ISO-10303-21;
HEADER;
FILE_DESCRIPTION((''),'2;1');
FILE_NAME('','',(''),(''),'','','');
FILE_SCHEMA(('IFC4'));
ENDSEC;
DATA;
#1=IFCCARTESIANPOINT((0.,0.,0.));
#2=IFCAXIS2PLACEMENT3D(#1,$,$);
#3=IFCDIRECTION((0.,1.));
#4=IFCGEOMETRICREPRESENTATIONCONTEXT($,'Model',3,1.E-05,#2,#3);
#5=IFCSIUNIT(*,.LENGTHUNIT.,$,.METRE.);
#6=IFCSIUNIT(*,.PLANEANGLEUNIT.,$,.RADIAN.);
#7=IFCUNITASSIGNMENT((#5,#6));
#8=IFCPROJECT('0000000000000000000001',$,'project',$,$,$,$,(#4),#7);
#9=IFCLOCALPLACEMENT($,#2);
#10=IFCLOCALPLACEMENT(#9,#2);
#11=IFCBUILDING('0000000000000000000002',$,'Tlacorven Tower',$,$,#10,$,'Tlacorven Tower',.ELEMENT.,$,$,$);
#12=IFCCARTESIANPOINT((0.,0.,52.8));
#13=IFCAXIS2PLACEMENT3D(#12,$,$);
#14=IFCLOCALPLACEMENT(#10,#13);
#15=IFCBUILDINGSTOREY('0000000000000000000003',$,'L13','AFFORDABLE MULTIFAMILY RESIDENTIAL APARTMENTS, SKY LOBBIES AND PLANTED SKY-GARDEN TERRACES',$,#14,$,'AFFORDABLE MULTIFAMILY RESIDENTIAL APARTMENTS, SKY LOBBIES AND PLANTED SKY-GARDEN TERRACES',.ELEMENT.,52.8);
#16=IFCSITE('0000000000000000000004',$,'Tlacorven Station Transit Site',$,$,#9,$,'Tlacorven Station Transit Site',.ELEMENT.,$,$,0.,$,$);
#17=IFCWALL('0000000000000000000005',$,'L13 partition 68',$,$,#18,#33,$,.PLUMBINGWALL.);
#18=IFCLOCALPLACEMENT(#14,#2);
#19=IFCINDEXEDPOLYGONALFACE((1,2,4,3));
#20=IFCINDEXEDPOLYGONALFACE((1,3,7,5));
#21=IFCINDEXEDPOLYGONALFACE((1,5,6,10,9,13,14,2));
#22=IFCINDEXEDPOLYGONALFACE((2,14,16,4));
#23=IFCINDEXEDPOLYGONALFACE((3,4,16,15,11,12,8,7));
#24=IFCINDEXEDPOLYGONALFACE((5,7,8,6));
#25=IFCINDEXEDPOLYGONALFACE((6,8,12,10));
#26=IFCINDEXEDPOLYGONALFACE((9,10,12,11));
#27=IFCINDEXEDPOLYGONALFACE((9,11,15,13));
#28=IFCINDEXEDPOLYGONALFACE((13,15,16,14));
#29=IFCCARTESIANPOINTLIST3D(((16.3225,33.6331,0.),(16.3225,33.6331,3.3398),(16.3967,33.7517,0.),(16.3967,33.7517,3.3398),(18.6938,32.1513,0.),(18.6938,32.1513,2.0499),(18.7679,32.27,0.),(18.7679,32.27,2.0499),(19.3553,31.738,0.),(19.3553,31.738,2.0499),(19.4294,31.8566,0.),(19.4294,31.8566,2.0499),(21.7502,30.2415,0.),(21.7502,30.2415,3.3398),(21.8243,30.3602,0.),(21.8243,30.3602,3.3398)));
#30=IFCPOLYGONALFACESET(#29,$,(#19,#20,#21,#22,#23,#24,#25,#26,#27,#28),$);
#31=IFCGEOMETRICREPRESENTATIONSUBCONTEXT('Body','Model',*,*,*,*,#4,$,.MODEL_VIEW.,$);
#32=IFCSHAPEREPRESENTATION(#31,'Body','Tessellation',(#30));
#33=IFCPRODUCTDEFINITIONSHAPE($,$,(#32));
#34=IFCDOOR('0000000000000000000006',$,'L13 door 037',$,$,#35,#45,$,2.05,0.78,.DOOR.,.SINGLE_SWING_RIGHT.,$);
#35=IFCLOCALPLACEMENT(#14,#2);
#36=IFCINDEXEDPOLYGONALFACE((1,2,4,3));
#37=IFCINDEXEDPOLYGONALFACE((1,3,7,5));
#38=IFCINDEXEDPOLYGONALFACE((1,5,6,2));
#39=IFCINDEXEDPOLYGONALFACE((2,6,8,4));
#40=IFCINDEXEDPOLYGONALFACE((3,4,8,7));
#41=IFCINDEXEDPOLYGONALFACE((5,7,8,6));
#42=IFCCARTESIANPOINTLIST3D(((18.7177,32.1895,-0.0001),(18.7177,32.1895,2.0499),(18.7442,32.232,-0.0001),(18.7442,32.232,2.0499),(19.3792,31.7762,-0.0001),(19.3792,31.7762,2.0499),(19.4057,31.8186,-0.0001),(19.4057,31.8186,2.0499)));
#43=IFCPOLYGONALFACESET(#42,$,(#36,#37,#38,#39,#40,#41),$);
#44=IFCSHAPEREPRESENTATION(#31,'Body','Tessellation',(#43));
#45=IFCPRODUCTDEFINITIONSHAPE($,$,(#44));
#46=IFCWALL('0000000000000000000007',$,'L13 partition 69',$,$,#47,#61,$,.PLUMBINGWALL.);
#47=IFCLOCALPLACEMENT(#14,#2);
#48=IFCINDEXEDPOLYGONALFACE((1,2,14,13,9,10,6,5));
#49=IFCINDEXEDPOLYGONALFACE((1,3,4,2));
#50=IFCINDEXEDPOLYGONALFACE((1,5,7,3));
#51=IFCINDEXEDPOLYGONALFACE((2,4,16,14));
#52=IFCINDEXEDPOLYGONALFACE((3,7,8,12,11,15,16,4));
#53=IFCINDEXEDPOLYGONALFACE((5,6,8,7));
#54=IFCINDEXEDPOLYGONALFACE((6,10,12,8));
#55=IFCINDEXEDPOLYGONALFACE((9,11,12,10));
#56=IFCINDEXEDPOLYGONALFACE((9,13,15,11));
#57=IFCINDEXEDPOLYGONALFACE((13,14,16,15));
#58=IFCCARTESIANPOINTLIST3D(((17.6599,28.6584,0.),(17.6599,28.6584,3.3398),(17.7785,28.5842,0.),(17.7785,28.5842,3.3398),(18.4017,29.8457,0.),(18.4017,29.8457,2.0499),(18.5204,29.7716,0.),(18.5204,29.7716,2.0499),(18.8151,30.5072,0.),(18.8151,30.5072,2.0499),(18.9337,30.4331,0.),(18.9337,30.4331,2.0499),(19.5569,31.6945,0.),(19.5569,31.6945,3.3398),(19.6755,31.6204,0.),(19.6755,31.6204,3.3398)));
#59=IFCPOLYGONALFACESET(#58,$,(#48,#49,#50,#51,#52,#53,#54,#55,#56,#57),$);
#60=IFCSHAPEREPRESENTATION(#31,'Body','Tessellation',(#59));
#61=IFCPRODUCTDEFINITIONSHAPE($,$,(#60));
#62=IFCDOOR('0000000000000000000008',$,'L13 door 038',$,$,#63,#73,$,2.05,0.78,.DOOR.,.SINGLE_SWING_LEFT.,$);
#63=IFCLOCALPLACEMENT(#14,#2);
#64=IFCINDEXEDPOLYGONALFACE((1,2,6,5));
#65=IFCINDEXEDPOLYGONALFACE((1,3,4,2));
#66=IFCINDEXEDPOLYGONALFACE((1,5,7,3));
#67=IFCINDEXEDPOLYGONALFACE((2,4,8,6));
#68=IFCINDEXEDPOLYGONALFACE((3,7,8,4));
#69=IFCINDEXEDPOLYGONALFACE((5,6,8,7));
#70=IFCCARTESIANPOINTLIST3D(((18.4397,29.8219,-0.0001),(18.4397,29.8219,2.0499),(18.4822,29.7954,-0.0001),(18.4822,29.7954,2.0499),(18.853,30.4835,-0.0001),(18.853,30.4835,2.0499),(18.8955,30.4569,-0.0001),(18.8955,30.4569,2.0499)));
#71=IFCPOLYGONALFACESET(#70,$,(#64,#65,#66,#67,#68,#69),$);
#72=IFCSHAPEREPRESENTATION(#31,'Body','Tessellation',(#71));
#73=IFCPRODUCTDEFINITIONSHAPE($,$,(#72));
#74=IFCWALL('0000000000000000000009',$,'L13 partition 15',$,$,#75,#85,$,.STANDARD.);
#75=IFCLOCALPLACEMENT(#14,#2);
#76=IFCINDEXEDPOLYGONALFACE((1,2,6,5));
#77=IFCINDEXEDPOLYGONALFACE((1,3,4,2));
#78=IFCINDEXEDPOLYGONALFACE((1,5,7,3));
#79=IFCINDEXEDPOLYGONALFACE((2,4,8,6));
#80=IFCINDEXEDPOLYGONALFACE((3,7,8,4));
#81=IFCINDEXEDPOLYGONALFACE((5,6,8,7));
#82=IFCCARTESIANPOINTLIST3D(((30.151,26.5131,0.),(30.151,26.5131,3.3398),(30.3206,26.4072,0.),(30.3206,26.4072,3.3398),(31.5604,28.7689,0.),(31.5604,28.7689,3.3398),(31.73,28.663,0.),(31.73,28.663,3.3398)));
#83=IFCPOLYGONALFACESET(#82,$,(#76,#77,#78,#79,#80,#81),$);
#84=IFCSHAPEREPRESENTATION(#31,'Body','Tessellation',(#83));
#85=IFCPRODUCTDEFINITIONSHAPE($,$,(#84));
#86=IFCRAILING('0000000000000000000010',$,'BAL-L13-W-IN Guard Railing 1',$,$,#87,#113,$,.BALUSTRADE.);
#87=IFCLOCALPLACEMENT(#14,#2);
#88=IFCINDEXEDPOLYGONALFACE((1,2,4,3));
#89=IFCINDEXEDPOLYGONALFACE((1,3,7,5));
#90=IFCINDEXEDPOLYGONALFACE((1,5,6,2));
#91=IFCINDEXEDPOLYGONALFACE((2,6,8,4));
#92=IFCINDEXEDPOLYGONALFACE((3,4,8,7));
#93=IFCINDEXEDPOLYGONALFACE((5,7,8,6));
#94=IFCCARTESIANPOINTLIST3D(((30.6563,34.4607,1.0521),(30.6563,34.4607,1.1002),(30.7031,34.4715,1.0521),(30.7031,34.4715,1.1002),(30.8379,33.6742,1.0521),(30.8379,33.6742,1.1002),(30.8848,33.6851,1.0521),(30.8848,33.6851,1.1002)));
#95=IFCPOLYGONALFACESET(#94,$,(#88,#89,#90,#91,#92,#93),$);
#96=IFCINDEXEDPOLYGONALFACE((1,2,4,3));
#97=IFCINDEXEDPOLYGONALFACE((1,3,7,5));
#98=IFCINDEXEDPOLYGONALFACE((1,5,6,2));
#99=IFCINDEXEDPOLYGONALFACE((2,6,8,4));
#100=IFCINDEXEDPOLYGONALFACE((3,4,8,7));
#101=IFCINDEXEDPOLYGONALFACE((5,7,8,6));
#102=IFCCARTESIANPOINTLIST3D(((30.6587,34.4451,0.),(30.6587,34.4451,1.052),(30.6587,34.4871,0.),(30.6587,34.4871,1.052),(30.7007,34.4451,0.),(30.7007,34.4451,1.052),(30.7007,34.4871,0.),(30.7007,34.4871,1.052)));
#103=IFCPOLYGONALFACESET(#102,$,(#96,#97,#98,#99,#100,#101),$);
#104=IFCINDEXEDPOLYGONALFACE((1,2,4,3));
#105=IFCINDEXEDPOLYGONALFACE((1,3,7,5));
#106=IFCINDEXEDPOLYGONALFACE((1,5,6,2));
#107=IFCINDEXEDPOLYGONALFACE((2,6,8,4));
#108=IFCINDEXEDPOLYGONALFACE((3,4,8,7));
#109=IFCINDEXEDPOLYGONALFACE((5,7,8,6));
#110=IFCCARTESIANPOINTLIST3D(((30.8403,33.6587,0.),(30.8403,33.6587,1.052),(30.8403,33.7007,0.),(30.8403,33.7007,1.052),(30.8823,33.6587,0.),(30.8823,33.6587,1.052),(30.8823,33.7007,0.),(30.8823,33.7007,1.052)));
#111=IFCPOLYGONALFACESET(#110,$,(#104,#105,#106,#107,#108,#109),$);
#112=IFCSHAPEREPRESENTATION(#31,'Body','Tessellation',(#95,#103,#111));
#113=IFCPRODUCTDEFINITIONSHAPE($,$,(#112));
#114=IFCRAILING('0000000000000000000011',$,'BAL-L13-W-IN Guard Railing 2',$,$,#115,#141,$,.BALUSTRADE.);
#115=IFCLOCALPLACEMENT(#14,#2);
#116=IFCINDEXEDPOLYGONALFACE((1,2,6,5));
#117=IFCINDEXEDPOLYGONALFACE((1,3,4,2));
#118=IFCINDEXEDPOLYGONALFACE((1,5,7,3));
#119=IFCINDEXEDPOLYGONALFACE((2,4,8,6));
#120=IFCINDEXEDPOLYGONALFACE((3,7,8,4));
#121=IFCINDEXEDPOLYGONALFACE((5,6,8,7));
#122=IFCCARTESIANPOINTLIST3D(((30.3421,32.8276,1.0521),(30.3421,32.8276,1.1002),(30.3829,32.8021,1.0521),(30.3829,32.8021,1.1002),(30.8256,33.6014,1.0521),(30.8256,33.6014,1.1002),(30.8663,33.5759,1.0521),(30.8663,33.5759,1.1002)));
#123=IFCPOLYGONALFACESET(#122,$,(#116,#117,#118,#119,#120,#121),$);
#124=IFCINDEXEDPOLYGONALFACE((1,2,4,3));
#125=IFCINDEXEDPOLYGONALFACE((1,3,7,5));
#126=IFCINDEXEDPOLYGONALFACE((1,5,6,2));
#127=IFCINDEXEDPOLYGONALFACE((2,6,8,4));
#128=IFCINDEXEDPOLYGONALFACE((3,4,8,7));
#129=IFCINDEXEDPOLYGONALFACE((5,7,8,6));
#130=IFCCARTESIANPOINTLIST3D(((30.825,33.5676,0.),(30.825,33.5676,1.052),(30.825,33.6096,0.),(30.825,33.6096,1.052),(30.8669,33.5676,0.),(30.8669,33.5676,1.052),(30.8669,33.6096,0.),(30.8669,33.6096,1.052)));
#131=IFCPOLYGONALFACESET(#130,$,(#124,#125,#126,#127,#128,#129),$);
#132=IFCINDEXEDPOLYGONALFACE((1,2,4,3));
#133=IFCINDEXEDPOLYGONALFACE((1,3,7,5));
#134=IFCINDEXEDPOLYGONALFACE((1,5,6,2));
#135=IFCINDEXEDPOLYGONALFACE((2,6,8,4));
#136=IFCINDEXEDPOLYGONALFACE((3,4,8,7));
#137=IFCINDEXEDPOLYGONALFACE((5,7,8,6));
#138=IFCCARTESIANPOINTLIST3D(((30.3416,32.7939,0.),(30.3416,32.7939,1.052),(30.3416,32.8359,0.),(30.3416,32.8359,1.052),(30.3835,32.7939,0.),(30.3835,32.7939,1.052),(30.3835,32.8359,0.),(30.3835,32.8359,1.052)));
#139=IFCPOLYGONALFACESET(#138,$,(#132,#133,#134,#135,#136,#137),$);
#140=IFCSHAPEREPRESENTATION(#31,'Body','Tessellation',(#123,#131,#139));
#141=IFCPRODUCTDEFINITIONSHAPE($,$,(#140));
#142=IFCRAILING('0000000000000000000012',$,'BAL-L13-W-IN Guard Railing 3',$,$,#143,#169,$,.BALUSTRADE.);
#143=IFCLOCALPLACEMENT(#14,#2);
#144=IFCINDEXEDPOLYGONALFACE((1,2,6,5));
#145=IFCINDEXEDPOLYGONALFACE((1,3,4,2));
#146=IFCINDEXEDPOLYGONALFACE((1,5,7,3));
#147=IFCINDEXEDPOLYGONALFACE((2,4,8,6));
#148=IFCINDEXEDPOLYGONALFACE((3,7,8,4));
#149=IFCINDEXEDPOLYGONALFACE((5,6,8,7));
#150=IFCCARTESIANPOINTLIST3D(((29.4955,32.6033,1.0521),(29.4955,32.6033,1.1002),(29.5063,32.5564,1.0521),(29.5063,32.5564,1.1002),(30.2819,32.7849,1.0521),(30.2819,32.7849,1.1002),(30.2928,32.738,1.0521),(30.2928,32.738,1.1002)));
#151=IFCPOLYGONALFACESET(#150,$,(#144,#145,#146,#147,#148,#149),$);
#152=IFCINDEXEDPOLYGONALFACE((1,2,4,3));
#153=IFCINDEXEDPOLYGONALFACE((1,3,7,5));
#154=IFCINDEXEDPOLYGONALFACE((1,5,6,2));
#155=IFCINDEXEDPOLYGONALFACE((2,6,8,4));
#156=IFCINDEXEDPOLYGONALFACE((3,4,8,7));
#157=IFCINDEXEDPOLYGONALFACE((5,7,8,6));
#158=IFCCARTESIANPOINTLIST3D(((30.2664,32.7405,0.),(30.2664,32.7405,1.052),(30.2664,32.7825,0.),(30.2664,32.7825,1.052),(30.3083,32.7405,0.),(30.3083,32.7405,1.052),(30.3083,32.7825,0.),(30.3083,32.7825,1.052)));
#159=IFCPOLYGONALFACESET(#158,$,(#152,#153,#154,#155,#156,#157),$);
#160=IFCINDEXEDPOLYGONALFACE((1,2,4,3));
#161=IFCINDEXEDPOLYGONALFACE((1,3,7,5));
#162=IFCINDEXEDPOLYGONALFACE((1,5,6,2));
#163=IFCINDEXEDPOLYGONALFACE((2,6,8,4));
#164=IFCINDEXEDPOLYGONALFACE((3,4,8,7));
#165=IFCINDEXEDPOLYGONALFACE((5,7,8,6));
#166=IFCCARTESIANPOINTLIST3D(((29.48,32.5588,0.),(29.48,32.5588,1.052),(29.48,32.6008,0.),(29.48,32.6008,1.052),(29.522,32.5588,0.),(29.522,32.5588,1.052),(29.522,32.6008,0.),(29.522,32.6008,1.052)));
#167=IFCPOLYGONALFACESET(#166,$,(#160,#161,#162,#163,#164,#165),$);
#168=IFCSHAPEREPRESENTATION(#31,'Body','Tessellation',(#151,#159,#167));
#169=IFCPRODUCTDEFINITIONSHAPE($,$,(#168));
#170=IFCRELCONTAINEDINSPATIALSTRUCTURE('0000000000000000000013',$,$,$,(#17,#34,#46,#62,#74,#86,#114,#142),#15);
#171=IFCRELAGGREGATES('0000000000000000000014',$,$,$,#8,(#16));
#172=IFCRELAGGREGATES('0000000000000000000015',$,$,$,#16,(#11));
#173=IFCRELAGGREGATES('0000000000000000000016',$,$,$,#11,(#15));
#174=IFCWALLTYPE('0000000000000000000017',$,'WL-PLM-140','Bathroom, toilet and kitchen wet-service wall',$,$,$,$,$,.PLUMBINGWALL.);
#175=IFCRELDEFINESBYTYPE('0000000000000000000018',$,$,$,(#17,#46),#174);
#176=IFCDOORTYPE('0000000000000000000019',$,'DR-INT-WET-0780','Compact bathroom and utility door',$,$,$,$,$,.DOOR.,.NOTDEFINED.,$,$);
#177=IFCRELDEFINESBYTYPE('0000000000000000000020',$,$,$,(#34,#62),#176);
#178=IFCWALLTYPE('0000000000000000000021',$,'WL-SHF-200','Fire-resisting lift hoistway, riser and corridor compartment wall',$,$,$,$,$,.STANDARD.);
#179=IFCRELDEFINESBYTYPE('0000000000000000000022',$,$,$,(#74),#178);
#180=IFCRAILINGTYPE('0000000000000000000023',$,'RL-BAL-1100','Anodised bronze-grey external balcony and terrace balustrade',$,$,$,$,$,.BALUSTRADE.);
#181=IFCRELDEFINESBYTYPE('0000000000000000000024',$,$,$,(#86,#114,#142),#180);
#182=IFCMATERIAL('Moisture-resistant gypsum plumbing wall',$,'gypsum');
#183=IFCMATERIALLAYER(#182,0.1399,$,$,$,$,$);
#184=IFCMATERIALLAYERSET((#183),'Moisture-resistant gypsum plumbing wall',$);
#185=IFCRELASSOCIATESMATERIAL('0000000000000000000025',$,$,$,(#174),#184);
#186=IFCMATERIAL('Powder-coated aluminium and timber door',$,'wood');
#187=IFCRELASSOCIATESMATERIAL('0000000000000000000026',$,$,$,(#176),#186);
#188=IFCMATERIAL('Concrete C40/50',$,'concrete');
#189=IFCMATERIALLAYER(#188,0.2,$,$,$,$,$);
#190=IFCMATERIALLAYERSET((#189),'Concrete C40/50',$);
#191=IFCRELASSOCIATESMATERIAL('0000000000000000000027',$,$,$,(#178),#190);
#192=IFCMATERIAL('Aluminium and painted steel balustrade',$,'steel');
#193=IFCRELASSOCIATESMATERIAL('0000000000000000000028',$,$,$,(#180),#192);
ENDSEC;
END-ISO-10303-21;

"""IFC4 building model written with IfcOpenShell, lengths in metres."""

from ifc_helpers import new_model, si_unit, direction, frame, frame_2d, origin, origin_2d, place, context, subcontext, project, spatial, rectangle, extrude, source, transform, mapped, material, layer, layer_set, type_object, element, fill, save


model = new_model("IFC4")

# Units and contexts
model_context = context("Model", 3, precision=1e-05, world=origin(), true_north=direction((0.0, 1.0)))
body_context = subcontext(model_context, "Body", "Model", "MODEL_VIEW")
ifc_project = project(units=[si_unit("LENGTHUNIT", "METRE"), si_unit("PLANEANGLEUNIT", "RADIAN")], contexts=[model_context])

# Site, building, storey
site_placement = place(None, origin())
site = spatial("IfcSite", under=ifc_project, at=site_placement, Name="Tlacorven Station Transit Site", LongName="Tlacorven Station Transit Site", CompositionType="ELEMENT", RefElevation=0.0)
building_placement = place(site_placement, origin())
building = spatial("IfcBuilding", under=site, at=building_placement, Name="Tlacorven Tower", LongName="Tlacorven Tower", CompositionType="ELEMENT")
storey_placement = place(building_placement, frame((0.0, 0.0, 52.8)))
storey = spatial("IfcBuildingStorey", under=building, at=storey_placement, Name="L13", Description="AFFORDABLE MULTIFAMILY RESIDENTIAL APARTMENTS, SKY LOBBIES AND PLANTED SKY-GARDEN TERRACES", LongName="AFFORDABLE MULTIFAMILY RESIDENTIAL APARTMENTS, SKY LOBBIES AND PLANTED SKY-GARDEN TERRACES", CompositionType="ELEMENT", Elevation=52.8)

# Walls, openings, doors
ifc_material_1 = material(Name="Powder-coated aluminium and timber door", Category="wood")
ifc_material_2 = material(Name="Moisture-resistant gypsum plumbing wall", Category="gypsum")
ifc_layer_1 = layer(ifc_material_2, 0.1399)
ifc_layer_set_1 = layer_set([ifc_layer_1], Name="Moisture-resistant gypsum plumbing wall")
wall_type_1 = type_object("IfcWallType", Name="WL-PLM-140", Description="Bathroom, toilet and kitchen wet-service wall", PredefinedType="PLUMBINGWALL", material=ifc_layer_set_1)
wall_1_placement = place(storey_placement, frame((21.7874, 30.3008, 0.0), z_axis=(0.0, 0.0, 1.0), x_axis=(-0.84805, 0.529917, 0.0)))
wall_1 = element("IfcWall", 1, at=wall_1_placement, inside=storey, type_object=wall_type_1, Name="L13 partition 68", PredefinedType="PLUMBINGWALL", context=body_context, shape_type="SweptSolid", body=[
    extrude(rectangle(XDim=6.4001, YDim=0.1399, at=frame_2d((3.2002, 0.0))), origin(), (0.0, 0.0, 1.0), 3.3398),
])
opening_1_placement = place(wall_1_placement, frame((2.824, 0.0, 0.0)))
opening_1 = element("IfcOpeningElement", 2, at=opening_1_placement, cuts=wall_1, PredefinedType="OPENING", context=body_context, shape_type="SweptSolid", body=[
    extrude(rectangle(XDim=0.78, YDim=2.05, at=frame_2d((0.3901, 1.0249))), frame((0.0, 0.0801, 0.0), z_axis=(0.0, -1.0, 0.0), x_axis=(1.0, 0.0, 0.0)), (0.0, 0.0, 1.0), 0.1599),
])
door_type_1 = type_object("IfcDoorType", Name="DR-INT-WET-0780", Description="Compact bathroom and utility door", OperationType="NOTDEFINED", PredefinedType="DOOR", material=ifc_material_1)
shared_shape_1 = source(origin(), body_context, "Body", "SweptSolid", [
    extrude(rectangle(XDim=0.78, YDim=2.05, at=frame_2d((0.3901, 1.0249))), frame((0.0, 0.0249, 0.0), z_axis=(0.0, -1.0, 0.0), x_axis=(1.0, 0.0, 0.0)), (0.0, 0.0, 1.0), 0.05),
])
door_1_placement = place(opening_1_placement, origin())
door_1 = element("IfcDoor", 3, at=door_1_placement, inside=storey, type_object=door_type_1, Name="L13 door 037", OperationType="SINGLE_SWING_RIGHT", OverallHeight=2.05, OverallWidth=0.78, PredefinedType="DOOR", context=body_context, shape_type="MappedRepresentation", body=[
    mapped(shared_shape_1, transform((0.0, 0.0, 0.0), scale=1.0)),
])
fill(opening_1, door_1)
wall_2_placement = place(storey_placement, frame((19.6162, 31.6575, 0.0), z_axis=(0.0, 0.0, 1.0), x_axis=(-0.529876, -0.848075, 0.0)))
wall_2 = element("IfcWall", 4, at=wall_2_placement, inside=storey, type_object=wall_type_1, Name="L13 partition 69", PredefinedType="PLUMBINGWALL", context=body_context, shape_type="SweptSolid", body=[
    extrude(rectangle(XDim=3.5801, YDim=0.1399, at=frame_2d((1.79, 0.0))), origin(), (0.0, 0.0, 1.0), 3.3398),
])
opening_2_placement = place(wall_2_placement, frame((1.3999, 0.0, 0.0)))
opening_2 = element("IfcOpeningElement", 5, at=opening_2_placement, cuts=wall_2, PredefinedType="OPENING", context=body_context, shape_type="SweptSolid", body=[
    extrude(rectangle(XDim=0.78, YDim=2.05, at=frame_2d((0.3901, 1.0249))), frame((0.0, 0.0801, 0.0), z_axis=(0.0, -1.0, 0.0), x_axis=(1.0, 0.0, 0.0)), (0.0, 0.0, 1.0), 0.1599),
])
door_2_placement = place(opening_2_placement, origin())
door_2 = element("IfcDoor", 6, at=door_2_placement, inside=storey, type_object=door_type_1, Name="L13 door 038", OperationType="SINGLE_SWING_LEFT", OverallHeight=2.05, OverallWidth=0.78, PredefinedType="DOOR", context=body_context, shape_type="MappedRepresentation", body=[
    mapped(shared_shape_1, transform((0.0, 0.0, 0.0), scale=1.0)),
])
fill(opening_2, door_2)

# Wall
ifc_material_3 = material(Name="Concrete C40/50", Category="concrete")
ifc_layer_2 = layer(ifc_material_3, 0.2)
ifc_layer_set_2 = layer_set([ifc_layer_2], Name="Concrete C40/50")
wall_type_2 = type_object("IfcWallType", Name="WL-SHF-200", Description="Fire-resisting lift hoistway, riser and corridor compartment wall", PredefinedType="STANDARD", material=ifc_layer_set_2)
wall_3_placement = place(storey_placement, frame((31.6453, 28.7161, 0.0), z_axis=(0.0, 0.0, 1.0), x_axis=(-0.529867, -0.848081, 0.0)))
element("IfcWall", 7, at=wall_3_placement, inside=storey, type_object=wall_type_2, Name="L13 partition 15", PredefinedType="STANDARD", context=body_context, shape_type="SweptSolid", body=[
    extrude(rectangle(XDim=2.6599, YDim=0.2, at=frame_2d((1.3301, 0.0))), origin(), (0.0, 0.0, 1.0), 3.3398),
])

# Railings
ifc_material_4 = material(Name="Aluminium and painted steel balustrade", Category="steel")
railing_type = type_object("IfcRailingType", Name="RL-BAL-1100", Description="Anodised bronze-grey external balcony and terrace balustrade", PredefinedType="BALUSTRADE", material=ifc_material_4)
shared_shape_2 = source(origin(), body_context, "Body", "SweptSolid", [
    extrude(rectangle(XDim=0.0481, YDim=0.0481, at=origin_2d()), frame((0.0, 0.0, 1.0762), z_axis=(0.225058, -0.974345, 0.0), x_axis=(0.974345, 0.225058, 0.0)), (0.0, 0.0, 1.0), 0.8071),
    extrude(rectangle(XDim=0.042, YDim=0.042, at=origin_2d()), origin(), (0.0, 0.0, 1.0), 1.052),
    extrude(rectangle(XDim=0.042, YDim=0.042, at=origin_2d()), frame((0.1816, -0.7864, 0.0)), (0.0, 0.0, 1.0), 1.052),
])
railing_1_placement = place(storey_placement, frame((30.6797, 34.4661, 0.0)))
element("IfcRailing", 8, at=railing_1_placement, inside=storey, type_object=railing_type, Name="BAL-L13-W-IN Guard Railing 1", PredefinedType="BALUSTRADE", context=body_context, shape_type="MappedRepresentation", body=[
    mapped(shared_shape_2, transform((0.0, 0.0, 0.0), scale=1.0)),
])
shared_shape_3 = source(origin(), body_context, "Body", "SweptSolid", [
    extrude(rectangle(XDim=0.0481, YDim=0.0481, at=origin_2d()), frame((0.0, 0.0, 1.0762), z_axis=(-0.529879, -0.848073, 0.0), x_axis=(0.848073, -0.529879, 0.0)), (0.0, 0.0, 1.0), 0.9124),
    extrude(rectangle(XDim=0.042, YDim=0.042, at=origin_2d()), origin(), (0.0, 0.0, 1.0), 1.052),
    extrude(rectangle(XDim=0.042, YDim=0.042, at=origin_2d()), frame((-0.4834, -0.7737, 0.0)), (0.0, 0.0, 1.0), 1.052),
])
railing_2_placement = place(storey_placement, frame((30.8459, 33.5886, 0.0)))
element("IfcRailing", 9, at=railing_2_placement, inside=storey, type_object=railing_type, Name="BAL-L13-W-IN Guard Railing 2", PredefinedType="BALUSTRADE", context=body_context, shape_type="MappedRepresentation", body=[
    mapped(shared_shape_3, transform((0.0, 0.0, 0.0), scale=1.0)),
])
shared_shape_4 = source(origin(), body_context, "Body", "SweptSolid", [
    extrude(rectangle(XDim=0.0481, YDim=0.0481, at=origin_2d()), frame((0.0, 0.0, 1.0762), z_axis=(-0.974345, -0.225058, 0.0), x_axis=(0.225058, -0.974345, 0.0)), (0.0, 0.0, 1.0), 0.8071),
    extrude(rectangle(XDim=0.042, YDim=0.042, at=origin_2d()), origin(), (0.0, 0.0, 1.0), 1.052),
    extrude(rectangle(XDim=0.042, YDim=0.042, at=origin_2d()), frame((-0.7864, -0.1816, 0.0)), (0.0, 0.0, 1.0), 1.052),
])
railing_3_placement = place(storey_placement, frame((30.2874, 32.7615, 0.0)))
element("IfcRailing", 10, at=railing_3_placement, inside=storey, type_object=railing_type, Name="BAL-L13-W-IN Guard Railing 3", PredefinedType="BALUSTRADE", context=body_context, shape_type="MappedRepresentation", body=[
    mapped(shared_shape_4, transform((0.0, 0.0, 0.0), scale=1.0)),
])

save(model, "model.ifc")
